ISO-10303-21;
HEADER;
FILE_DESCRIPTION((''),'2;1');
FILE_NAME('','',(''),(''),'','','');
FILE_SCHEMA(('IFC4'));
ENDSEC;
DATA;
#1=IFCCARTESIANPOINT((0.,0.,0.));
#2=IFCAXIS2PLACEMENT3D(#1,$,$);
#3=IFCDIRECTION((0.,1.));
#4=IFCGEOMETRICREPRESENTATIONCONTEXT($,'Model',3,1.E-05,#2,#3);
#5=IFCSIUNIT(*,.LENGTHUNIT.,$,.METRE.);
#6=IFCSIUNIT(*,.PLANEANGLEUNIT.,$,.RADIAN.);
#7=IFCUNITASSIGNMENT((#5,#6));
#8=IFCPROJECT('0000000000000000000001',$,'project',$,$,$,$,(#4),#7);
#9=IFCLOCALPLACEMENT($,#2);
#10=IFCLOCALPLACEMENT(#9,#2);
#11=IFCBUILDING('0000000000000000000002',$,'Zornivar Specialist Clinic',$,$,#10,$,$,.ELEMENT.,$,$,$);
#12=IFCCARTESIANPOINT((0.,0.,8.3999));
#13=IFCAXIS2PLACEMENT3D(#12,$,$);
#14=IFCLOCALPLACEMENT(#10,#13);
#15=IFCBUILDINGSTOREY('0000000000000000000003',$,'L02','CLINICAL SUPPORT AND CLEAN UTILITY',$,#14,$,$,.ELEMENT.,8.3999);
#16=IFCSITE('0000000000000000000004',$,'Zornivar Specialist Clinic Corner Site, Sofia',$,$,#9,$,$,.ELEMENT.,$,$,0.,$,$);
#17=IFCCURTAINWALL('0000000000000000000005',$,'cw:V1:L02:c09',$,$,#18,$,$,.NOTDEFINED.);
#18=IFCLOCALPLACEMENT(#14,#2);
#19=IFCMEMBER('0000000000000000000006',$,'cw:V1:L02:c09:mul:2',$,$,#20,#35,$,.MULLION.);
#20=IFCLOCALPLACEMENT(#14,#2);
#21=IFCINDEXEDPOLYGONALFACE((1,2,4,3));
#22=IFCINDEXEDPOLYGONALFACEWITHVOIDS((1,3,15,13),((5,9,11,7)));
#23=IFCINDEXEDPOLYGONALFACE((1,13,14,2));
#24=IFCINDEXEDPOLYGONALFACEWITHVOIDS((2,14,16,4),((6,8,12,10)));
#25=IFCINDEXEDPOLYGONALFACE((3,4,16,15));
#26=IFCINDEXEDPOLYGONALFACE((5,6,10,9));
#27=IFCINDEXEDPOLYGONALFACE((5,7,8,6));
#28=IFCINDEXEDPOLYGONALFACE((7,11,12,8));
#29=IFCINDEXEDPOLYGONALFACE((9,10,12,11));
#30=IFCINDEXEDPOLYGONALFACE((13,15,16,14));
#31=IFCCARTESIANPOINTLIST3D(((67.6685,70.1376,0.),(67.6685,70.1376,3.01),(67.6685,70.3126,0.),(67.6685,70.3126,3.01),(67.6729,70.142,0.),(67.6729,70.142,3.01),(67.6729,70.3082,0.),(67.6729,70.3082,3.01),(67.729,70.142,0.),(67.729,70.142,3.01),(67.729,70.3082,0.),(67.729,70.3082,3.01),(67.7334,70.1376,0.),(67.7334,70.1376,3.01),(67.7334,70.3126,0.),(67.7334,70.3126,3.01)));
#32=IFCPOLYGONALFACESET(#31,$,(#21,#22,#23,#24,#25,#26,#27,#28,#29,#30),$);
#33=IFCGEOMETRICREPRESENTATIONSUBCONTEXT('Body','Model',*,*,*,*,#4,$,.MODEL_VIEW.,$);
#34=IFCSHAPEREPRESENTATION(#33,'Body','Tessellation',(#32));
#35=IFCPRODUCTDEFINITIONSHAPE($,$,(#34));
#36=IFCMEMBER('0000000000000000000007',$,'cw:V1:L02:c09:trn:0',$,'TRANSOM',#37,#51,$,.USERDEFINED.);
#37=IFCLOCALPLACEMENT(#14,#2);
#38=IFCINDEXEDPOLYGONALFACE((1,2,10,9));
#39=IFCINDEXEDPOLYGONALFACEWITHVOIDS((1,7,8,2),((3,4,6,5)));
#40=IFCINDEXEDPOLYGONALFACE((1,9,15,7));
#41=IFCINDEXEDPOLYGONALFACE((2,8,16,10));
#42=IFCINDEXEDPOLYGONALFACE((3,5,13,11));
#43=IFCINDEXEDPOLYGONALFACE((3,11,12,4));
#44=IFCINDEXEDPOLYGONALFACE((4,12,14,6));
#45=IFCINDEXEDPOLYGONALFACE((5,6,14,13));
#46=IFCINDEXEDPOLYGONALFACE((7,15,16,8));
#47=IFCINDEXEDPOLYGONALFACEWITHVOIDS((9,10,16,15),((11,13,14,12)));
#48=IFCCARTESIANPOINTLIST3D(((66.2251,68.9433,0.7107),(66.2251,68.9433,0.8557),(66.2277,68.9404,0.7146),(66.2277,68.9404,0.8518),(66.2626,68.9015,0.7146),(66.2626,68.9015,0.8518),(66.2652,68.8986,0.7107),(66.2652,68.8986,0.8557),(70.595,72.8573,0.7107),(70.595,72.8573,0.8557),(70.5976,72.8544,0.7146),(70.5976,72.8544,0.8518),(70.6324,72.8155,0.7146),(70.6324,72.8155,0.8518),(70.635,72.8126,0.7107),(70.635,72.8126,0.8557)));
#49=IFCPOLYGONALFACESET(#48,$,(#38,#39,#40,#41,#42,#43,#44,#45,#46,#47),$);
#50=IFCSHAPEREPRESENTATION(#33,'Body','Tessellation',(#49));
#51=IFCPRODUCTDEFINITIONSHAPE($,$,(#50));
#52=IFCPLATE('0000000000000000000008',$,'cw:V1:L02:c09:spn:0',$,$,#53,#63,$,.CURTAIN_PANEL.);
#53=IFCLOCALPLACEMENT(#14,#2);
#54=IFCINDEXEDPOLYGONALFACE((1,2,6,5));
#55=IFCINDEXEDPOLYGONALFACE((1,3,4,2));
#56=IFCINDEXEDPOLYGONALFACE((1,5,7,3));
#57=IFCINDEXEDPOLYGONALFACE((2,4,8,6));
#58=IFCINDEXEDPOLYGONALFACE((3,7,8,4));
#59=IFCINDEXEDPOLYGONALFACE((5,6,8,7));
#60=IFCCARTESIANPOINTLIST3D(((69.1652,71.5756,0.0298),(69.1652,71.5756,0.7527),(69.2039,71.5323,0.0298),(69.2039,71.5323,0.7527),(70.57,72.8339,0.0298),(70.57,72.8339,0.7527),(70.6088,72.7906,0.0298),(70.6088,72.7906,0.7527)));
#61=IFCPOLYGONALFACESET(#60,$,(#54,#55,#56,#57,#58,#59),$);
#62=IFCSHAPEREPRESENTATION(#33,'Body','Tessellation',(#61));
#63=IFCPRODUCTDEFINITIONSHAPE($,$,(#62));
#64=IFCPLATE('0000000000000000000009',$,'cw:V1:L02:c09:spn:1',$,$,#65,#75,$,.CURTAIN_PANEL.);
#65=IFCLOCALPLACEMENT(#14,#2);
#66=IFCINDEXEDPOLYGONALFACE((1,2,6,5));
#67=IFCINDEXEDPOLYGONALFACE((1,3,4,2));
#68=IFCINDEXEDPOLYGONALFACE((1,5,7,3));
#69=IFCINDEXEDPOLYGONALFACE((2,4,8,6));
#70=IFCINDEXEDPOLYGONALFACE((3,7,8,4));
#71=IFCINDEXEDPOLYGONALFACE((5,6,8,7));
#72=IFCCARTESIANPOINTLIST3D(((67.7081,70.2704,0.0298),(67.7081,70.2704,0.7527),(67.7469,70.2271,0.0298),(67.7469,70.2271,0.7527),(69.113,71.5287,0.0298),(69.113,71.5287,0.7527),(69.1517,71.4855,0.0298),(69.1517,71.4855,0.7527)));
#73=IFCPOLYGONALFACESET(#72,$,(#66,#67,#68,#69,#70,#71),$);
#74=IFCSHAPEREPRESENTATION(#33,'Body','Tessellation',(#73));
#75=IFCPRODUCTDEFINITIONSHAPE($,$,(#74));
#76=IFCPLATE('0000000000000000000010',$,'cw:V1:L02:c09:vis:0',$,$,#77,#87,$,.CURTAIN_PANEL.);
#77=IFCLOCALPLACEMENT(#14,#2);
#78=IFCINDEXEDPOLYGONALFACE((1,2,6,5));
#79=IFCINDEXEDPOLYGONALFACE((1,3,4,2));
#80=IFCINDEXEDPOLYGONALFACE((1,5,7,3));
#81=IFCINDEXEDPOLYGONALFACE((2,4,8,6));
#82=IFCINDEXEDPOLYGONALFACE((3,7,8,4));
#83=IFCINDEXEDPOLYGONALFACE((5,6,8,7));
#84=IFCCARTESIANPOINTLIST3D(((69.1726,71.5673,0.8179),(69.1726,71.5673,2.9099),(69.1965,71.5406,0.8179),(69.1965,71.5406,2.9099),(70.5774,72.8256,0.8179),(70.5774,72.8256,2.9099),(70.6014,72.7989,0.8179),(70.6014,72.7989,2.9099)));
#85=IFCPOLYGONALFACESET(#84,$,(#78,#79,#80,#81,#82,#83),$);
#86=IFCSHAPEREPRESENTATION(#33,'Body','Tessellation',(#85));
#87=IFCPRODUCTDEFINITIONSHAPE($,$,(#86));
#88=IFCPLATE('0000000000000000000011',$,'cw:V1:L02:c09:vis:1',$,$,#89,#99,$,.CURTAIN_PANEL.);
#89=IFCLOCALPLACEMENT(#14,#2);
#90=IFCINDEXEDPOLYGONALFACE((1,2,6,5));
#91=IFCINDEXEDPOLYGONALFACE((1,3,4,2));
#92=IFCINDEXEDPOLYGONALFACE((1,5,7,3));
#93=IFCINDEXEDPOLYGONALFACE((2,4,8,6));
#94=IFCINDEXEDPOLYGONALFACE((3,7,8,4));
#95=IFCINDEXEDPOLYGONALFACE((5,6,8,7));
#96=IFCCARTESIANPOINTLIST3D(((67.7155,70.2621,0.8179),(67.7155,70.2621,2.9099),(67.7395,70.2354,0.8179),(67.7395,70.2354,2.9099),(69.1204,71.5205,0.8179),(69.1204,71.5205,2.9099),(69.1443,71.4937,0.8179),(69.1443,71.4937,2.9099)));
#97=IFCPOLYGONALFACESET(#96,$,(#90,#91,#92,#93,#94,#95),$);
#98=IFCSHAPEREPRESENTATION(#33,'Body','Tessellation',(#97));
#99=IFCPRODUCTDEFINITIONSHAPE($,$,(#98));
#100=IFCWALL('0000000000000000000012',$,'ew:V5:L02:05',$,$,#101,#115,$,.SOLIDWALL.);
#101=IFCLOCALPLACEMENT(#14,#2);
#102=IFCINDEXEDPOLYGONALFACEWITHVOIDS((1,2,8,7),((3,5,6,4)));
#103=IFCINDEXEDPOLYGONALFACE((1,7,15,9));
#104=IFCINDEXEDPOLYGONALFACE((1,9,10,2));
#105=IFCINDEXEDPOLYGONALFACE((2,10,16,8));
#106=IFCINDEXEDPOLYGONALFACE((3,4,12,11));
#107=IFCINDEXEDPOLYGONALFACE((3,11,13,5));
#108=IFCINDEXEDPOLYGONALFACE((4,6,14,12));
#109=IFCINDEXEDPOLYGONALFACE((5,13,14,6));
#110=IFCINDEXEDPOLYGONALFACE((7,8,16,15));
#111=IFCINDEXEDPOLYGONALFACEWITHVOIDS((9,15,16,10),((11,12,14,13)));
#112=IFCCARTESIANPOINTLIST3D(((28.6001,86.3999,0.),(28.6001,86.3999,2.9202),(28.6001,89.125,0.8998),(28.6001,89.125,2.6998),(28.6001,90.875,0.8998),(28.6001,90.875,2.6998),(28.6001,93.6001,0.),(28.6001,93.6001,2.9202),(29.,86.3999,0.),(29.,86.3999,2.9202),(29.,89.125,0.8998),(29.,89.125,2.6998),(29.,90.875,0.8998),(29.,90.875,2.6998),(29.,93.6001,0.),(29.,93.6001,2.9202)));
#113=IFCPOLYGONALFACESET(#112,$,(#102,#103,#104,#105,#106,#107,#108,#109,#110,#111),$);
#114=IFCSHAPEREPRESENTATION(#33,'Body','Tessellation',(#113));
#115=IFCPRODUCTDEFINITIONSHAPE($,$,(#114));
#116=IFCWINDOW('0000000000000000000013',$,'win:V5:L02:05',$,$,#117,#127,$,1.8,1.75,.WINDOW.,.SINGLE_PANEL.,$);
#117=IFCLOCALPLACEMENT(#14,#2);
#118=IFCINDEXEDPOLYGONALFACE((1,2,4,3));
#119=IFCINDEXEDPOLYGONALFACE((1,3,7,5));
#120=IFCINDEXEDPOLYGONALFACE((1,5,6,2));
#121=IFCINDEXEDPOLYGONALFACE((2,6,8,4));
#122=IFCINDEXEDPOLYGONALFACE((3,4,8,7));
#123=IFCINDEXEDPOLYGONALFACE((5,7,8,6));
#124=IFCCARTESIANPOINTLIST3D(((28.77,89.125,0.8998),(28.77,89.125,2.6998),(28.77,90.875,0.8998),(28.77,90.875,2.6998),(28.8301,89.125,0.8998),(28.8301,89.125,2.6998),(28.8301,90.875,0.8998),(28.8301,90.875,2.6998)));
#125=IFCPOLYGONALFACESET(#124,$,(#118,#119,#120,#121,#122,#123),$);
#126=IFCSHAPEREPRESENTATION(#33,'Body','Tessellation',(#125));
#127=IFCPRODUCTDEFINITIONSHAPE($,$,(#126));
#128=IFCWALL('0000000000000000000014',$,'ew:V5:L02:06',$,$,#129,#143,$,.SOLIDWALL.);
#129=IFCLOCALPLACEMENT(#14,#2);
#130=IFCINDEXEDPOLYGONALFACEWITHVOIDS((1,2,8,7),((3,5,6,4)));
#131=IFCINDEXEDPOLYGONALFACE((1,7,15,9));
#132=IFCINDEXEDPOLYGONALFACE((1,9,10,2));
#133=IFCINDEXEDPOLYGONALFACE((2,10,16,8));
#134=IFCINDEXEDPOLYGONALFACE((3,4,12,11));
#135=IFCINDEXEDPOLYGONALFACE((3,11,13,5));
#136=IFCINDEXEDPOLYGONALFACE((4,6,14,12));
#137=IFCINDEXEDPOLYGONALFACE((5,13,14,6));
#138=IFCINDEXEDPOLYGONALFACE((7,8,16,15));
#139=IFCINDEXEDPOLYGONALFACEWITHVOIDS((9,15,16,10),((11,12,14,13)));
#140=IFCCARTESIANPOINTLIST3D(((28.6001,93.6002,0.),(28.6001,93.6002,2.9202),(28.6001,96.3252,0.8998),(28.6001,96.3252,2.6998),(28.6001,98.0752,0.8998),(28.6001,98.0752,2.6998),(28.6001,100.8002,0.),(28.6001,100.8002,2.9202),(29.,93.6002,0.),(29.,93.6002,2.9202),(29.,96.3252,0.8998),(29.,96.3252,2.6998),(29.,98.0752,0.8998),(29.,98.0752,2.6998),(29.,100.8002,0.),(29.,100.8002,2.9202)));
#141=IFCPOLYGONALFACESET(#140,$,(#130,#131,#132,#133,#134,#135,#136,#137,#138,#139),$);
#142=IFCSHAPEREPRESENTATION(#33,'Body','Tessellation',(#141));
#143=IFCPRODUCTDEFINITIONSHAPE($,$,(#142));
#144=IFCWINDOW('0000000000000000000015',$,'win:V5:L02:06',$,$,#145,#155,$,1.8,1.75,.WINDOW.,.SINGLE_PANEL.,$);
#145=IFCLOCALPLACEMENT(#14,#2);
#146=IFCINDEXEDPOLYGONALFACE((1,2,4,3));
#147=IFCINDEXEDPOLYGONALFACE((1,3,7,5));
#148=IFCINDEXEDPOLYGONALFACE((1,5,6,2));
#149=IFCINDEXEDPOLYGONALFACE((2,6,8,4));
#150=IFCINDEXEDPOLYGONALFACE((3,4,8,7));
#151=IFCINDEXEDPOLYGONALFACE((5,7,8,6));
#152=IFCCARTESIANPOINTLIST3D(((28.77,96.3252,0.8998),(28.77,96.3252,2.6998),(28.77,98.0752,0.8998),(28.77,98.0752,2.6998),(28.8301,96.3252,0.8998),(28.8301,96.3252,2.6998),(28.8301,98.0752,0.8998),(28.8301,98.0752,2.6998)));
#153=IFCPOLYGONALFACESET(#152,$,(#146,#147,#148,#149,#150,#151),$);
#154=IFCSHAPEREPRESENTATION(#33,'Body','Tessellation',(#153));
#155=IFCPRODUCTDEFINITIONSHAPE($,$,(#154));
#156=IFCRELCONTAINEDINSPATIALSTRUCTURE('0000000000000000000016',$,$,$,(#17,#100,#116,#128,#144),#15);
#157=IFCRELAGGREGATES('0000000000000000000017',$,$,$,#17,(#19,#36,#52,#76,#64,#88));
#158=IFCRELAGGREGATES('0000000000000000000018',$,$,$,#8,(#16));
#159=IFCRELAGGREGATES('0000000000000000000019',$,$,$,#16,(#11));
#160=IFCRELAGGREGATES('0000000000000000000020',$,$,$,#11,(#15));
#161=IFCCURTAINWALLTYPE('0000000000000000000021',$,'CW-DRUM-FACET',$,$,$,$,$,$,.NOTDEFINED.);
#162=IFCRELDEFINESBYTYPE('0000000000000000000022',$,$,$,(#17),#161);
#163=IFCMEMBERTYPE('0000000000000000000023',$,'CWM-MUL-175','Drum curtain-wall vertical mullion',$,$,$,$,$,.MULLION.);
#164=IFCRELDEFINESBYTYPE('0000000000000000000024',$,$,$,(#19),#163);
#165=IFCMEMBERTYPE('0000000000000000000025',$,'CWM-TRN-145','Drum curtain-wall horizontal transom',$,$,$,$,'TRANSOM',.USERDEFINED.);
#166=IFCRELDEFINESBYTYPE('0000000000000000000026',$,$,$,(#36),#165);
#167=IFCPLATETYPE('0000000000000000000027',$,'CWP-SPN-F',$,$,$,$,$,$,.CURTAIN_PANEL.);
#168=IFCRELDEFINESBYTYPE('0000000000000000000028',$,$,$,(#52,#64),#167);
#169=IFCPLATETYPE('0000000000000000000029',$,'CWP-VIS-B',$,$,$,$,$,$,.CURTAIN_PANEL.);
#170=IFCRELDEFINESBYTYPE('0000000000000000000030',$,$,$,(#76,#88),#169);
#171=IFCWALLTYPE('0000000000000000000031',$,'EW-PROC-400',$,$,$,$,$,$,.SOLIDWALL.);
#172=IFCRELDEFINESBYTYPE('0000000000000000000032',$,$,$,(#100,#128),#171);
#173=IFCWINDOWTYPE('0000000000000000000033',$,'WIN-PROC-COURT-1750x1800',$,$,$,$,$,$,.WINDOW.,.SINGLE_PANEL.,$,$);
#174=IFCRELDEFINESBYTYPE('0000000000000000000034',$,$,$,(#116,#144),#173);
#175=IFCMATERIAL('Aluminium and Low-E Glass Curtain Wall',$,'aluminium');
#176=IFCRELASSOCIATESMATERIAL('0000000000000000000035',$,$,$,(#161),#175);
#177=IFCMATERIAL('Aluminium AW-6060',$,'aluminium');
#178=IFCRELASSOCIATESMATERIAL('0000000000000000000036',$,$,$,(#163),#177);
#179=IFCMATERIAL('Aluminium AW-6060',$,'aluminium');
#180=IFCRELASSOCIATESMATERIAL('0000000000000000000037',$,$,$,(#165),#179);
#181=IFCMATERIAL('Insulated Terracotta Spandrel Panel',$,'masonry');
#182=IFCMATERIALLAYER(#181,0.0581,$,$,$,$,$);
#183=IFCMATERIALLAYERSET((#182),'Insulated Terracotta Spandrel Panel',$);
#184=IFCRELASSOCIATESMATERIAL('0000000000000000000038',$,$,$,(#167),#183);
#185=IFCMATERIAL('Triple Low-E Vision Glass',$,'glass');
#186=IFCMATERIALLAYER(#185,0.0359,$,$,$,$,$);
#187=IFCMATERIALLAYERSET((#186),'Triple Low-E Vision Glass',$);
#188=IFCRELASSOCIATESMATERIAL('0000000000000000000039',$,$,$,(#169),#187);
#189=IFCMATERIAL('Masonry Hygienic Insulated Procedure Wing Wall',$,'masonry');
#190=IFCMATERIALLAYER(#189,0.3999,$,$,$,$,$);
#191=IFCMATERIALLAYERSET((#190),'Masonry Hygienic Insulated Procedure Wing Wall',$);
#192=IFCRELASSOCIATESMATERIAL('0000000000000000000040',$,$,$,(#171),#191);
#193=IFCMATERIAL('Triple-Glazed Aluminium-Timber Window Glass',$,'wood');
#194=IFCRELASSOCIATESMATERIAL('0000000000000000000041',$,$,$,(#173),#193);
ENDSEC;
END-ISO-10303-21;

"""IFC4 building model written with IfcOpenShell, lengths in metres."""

from ifc_helpers import new_model, si_unit, direction, frame, frame_2d, origin, origin_2d, place, context, subcontext, project, spatial, rectangle, hollow_rectangle, extrude, material, layer, layer_set, material_profile, profile_set, type_object, element, fill, aggregate, save


model = new_model("IFC4")

# Units and contexts
model_context = context("Model", 3, precision=1e-05, world=origin(), true_north=direction((0.0, 1.0)))
body_context = subcontext(model_context, "Body", "Model", "MODEL_VIEW")
ifc_project = project(units=[si_unit("LENGTHUNIT", "METRE"), si_unit("PLANEANGLEUNIT", "RADIAN")], contexts=[model_context])

# Site, building, storey
site_placement = place(None, origin())
site = spatial("IfcSite", under=ifc_project, at=site_placement, Name="Zornivar Specialist Clinic Corner Site, Sofia", CompositionType="ELEMENT", RefElevation=0.0)
building_placement = place(site_placement, origin())
building = spatial("IfcBuilding", under=site, at=building_placement, Name="Zornivar Specialist Clinic", CompositionType="ELEMENT")
storey_placement = place(building_placement, frame((0.0, 0.0, 8.3999)))
storey = spatial("IfcBuildingStorey", under=building, at=storey_placement, Name="L02", Description="CLINICAL SUPPORT AND CLEAN UTILITY", CompositionType="ELEMENT", Elevation=8.3999)

# Curtain wall, members, plates
ifc_material_1 = material(Name="Aluminium and Low-E Glass Curtain Wall", Category="aluminium")
curtain_wall_type = type_object("IfcCurtainWallType", Name="CW-DRUM-FACET", PredefinedType="NOTDEFINED", material=ifc_material_1)
curtain_wall_placement = place(storey_placement, origin())
curtain_wall = element("IfcCurtainWall", 1, at=curtain_wall_placement, inside=storey, type_object=curtain_wall_type, Name="cw:V1:L02:c09", PredefinedType="NOTDEFINED")
ifc_material_2 = material(Name="Aluminium AW-6060", Category="aluminium")
ifc_material_profile_1 = material_profile(ifc_material_2, hollow_rectangle(XDim=0.0649, YDim=0.175, WallThickness=0.0044, at=origin_2d()), Name="ALU 65x175x4.5")
ifc_profile_set_1 = profile_set([ifc_material_profile_1], Name="Aluminium AW-6060")
member_type_1 = type_object("IfcMemberType", Name="CWM-MUL-175", Description="Drum curtain-wall vertical mullion", PredefinedType="MULLION", material=ifc_profile_set_1)
member_1_placement = place(storey_placement, frame((67.7009, 70.2251, 0.0), z_axis=(0.0, 0.0, 1.0), x_axis=(1.0, 0.0, 0.0)))
member_1 = element("IfcMember", 2, at=member_1_placement, type_object=member_type_1, Name="cw:V1:L02:c09:mul:2", PredefinedType="MULLION", context=body_context, shape_type="SweptSolid", body=[
    extrude(hollow_rectangle(XDim=0.0649, YDim=0.175, WallThickness=0.0044, at=origin_2d()), origin(), (0.0, 0.0, 1.0), 3.01),
])
ifc_material_3 = material(Name="Aluminium AW-6060", Category="aluminium")
ifc_material_profile_2 = material_profile(ifc_material_3, hollow_rectangle(XDim=0.0601, YDim=0.145, WallThickness=0.0039, at=origin_2d()), Name="ALU 60x145x4")
ifc_profile_set_2 = profile_set([ifc_material_profile_2], Name="Aluminium AW-6060")
member_type_2 = type_object("IfcMemberType", Name="CWM-TRN-145", Description="Drum curtain-wall horizontal transom", ElementType="TRANSOM", PredefinedType="USERDEFINED", material=ifc_profile_set_2)
member_2_placement = place(storey_placement, frame((70.615, 72.835, 0.7832), z_axis=(-0.744887, -0.66719, 0.0), x_axis=(0.66719, -0.744887, 0.0)))
member_2 = element("IfcMember", 3, at=member_2_placement, type_object=member_type_2, Name="cw:V1:L02:c09:trn:0", ObjectType="TRANSOM", PredefinedType="USERDEFINED", context=body_context, shape_type="SweptSolid", body=[
    extrude(hollow_rectangle(XDim=0.0601, YDim=0.145, WallThickness=0.0039, at=origin_2d()), origin(), (0.0, 0.0, 1.0), 5.8665),
])
ifc_material_4 = material(Name="Insulated Terracotta Spandrel Panel", Category="masonry")
ifc_layer_1 = layer(ifc_material_4, 0.0581)
ifc_layer_set_1 = layer_set([ifc_layer_1], Name="Insulated Terracotta Spandrel Panel")
plate_type_1 = type_object("IfcPlateType", Name="CWP-SPN-F", PredefinedType="CURTAIN_PANEL", material=ifc_layer_set_1)
plate_1_placement = place(storey_placement, frame((69.887, 72.1831, 0.0298), z_axis=(0.0, 0.0, 1.0), x_axis=(-0.744881, -0.667198, 0.0)))
plate_1 = element("IfcPlate", 4, at=plate_1_placement, type_object=plate_type_1, Name="cw:V1:L02:c09:spn:0", PredefinedType="CURTAIN_PANEL", context=body_context, shape_type="SweptSolid", body=[
    extrude(rectangle(XDim=1.886, YDim=0.0581, at=origin_2d()), origin(), (0.0, 0.0, 1.0), 0.7229),
])
plate_2_placement = place(storey_placement, frame((68.4299, 70.8779, 0.0298), z_axis=(0.0, 0.0, 1.0), x_axis=(-0.744881, -0.667198, 0.0)))
plate_2 = element("IfcPlate", 5, at=plate_2_placement, type_object=plate_type_1, Name="cw:V1:L02:c09:spn:1", PredefinedType="CURTAIN_PANEL", context=body_context, shape_type="SweptSolid", body=[
    extrude(rectangle(XDim=1.886, YDim=0.0581, at=origin_2d()), origin(), (0.0, 0.0, 1.0), 0.7229),
])
ifc_material_5 = material(Name="Triple Low-E Vision Glass", Category="glass")
ifc_layer_2 = layer(ifc_material_5, 0.0359)
ifc_layer_set_2 = layer_set([ifc_layer_2], Name="Triple Low-E Vision Glass")
plate_type_2 = type_object("IfcPlateType", Name="CWP-VIS-B", PredefinedType="CURTAIN_PANEL", material=ifc_layer_set_2)
plate_3_placement = place(storey_placement, frame((69.887, 72.1831, 0.8179), z_axis=(0.0, 0.0, 1.0), x_axis=(-0.744881, -0.667198, 0.0)))
plate_3 = element("IfcPlate", 6, at=plate_3_placement, type_object=plate_type_2, Name="cw:V1:L02:c09:vis:0", PredefinedType="CURTAIN_PANEL", context=body_context, shape_type="SweptSolid", body=[
    extrude(rectangle(XDim=1.886, YDim=0.0359, at=origin_2d()), origin(), (0.0, 0.0, 1.0), 2.092),
])
plate_4_placement = place(storey_placement, frame((68.4299, 70.8779, 0.8179), z_axis=(0.0, 0.0, 1.0), x_axis=(-0.744881, -0.667198, 0.0)))
plate_4 = element("IfcPlate", 7, at=plate_4_placement, type_object=plate_type_2, Name="cw:V1:L02:c09:vis:1", PredefinedType="CURTAIN_PANEL", context=body_context, shape_type="SweptSolid", body=[
    extrude(rectangle(XDim=1.886, YDim=0.0359, at=origin_2d()), origin(), (0.0, 0.0, 1.0), 2.092),
])
aggregate(curtain_wall, [member_1, member_2, plate_1, plate_3, plate_2, plate_4])

# Walls, openings, windows
ifc_material_6 = material(Name="Masonry Hygienic Insulated Procedure Wing Wall", Category="masonry")
ifc_layer_3 = layer(ifc_material_6, 0.3999)
ifc_layer_set_3 = layer_set([ifc_layer_3], Name="Masonry Hygienic Insulated Procedure Wing Wall")
wall_type = type_object("IfcWallType", Name="EW-PROC-400", PredefinedType="SOLIDWALL", material=ifc_layer_set_3)
wall_1_placement = place(storey_placement, frame((28.8, 86.3999, 0.0), z_axis=(0.0, 0.0, 1.0), x_axis=(0.0, 1.0, 0.0)))
wall_1 = element("IfcWall", 8, at=wall_1_placement, inside=storey, type_object=wall_type, Name="ew:V5:L02:05", PredefinedType="SOLIDWALL", context=body_context, shape_type="SweptSolid", body=[
    extrude(rectangle(XDim=7.2002, YDim=0.3999, at=frame_2d((3.6001, 0.0))), origin(), (0.0, 0.0, 1.0), 2.9202),
])
opening_1_placement = place(wall_1_placement, frame((2.7251, 0.0, 0.8999)))
opening_1 = element("IfcOpeningElement", 9, at=opening_1_placement, cuts=wall_1, PredefinedType="OPENING", context=body_context, shape_type="SweptSolid", body=[
    extrude(rectangle(XDim=1.75, YDim=1.8, at=frame_2d((0.875, 0.8999))), frame((0.0, 0.21, 0.0), z_axis=(0.0, -1.0, 0.0), x_axis=(1.0, 0.0, 0.0)), (0.0, 0.0, 1.0), 0.4199),
])
ifc_material_7 = material(Name="Triple-Glazed Aluminium-Timber Window Glass", Category="wood")
window_type_1 = type_object("IfcWindowType", Name="WIN-PROC-COURT-1750x1800", PartitioningType="SINGLE_PANEL", PredefinedType="WINDOW", material=ifc_material_7)
window_1_placement = place(opening_1_placement, origin())
window_1 = element("IfcWindow", 10, at=window_1_placement, inside=storey, type_object=window_type_1, Name="win:V5:L02:05", OverallHeight=1.8, OverallWidth=1.75, PartitioningType="SINGLE_PANEL", PredefinedType="WINDOW", context=body_context, shape_type="SweptSolid", body=[
    extrude(rectangle(XDim=1.75, YDim=1.8, at=frame_2d((0.875, 0.8999))), frame((0.0, 0.03, 0.0), z_axis=(0.0, -1.0, 0.0), x_axis=(1.0, 0.0, 0.0)), (0.0, 0.0, 1.0), 0.0601),
])
fill(opening_1, window_1)
wall_2_placement = place(storey_placement, frame((28.8, 93.6001, 0.0), z_axis=(0.0, 0.0, 1.0), x_axis=(0.0, 1.0, 0.0)))
wall_2 = element("IfcWall", 11, at=wall_2_placement, inside=storey, type_object=wall_type, Name="ew:V5:L02:06", PredefinedType="SOLIDWALL", context=body_context, shape_type="SweptSolid", body=[
    extrude(rectangle(XDim=7.2, YDim=0.3999, at=frame_2d((3.6001, 0.0))), origin(), (0.0, 0.0, 1.0), 2.9202),
])
opening_2_placement = place(wall_2_placement, frame((2.7251, 0.0, 0.8999)))
opening_2 = element("IfcOpeningElement", 12, at=opening_2_placement, cuts=wall_2, PredefinedType="OPENING", context=body_context, shape_type="SweptSolid", body=[
    extrude(rectangle(XDim=1.75, YDim=1.8, at=frame_2d((0.875, 0.8999))), frame((0.0, 0.21, 0.0), z_axis=(0.0, -1.0, 0.0), x_axis=(1.0, 0.0, 0.0)), (0.0, 0.0, 1.0), 0.4199),
])
window_2_placement = place(opening_2_placement, origin())
window_2 = element("IfcWindow", 13, at=window_2_placement, inside=storey, type_object=window_type_1, Name="win:V5:L02:06", OverallHeight=1.8, OverallWidth=1.75, PartitioningType="SINGLE_PANEL", PredefinedType="WINDOW", context=body_context, shape_type="SweptSolid", body=[
    extrude(rectangle(XDim=1.75, YDim=1.8, at=frame_2d((0.875, 0.8999))), frame((0.0, 0.03, 0.0), z_axis=(0.0, -1.0, 0.0), x_axis=(1.0, 0.0, 0.0)), (0.0, 0.0, 1.0), 0.0601),
])
fill(opening_2, window_2)

save(model, "model.ifc")
